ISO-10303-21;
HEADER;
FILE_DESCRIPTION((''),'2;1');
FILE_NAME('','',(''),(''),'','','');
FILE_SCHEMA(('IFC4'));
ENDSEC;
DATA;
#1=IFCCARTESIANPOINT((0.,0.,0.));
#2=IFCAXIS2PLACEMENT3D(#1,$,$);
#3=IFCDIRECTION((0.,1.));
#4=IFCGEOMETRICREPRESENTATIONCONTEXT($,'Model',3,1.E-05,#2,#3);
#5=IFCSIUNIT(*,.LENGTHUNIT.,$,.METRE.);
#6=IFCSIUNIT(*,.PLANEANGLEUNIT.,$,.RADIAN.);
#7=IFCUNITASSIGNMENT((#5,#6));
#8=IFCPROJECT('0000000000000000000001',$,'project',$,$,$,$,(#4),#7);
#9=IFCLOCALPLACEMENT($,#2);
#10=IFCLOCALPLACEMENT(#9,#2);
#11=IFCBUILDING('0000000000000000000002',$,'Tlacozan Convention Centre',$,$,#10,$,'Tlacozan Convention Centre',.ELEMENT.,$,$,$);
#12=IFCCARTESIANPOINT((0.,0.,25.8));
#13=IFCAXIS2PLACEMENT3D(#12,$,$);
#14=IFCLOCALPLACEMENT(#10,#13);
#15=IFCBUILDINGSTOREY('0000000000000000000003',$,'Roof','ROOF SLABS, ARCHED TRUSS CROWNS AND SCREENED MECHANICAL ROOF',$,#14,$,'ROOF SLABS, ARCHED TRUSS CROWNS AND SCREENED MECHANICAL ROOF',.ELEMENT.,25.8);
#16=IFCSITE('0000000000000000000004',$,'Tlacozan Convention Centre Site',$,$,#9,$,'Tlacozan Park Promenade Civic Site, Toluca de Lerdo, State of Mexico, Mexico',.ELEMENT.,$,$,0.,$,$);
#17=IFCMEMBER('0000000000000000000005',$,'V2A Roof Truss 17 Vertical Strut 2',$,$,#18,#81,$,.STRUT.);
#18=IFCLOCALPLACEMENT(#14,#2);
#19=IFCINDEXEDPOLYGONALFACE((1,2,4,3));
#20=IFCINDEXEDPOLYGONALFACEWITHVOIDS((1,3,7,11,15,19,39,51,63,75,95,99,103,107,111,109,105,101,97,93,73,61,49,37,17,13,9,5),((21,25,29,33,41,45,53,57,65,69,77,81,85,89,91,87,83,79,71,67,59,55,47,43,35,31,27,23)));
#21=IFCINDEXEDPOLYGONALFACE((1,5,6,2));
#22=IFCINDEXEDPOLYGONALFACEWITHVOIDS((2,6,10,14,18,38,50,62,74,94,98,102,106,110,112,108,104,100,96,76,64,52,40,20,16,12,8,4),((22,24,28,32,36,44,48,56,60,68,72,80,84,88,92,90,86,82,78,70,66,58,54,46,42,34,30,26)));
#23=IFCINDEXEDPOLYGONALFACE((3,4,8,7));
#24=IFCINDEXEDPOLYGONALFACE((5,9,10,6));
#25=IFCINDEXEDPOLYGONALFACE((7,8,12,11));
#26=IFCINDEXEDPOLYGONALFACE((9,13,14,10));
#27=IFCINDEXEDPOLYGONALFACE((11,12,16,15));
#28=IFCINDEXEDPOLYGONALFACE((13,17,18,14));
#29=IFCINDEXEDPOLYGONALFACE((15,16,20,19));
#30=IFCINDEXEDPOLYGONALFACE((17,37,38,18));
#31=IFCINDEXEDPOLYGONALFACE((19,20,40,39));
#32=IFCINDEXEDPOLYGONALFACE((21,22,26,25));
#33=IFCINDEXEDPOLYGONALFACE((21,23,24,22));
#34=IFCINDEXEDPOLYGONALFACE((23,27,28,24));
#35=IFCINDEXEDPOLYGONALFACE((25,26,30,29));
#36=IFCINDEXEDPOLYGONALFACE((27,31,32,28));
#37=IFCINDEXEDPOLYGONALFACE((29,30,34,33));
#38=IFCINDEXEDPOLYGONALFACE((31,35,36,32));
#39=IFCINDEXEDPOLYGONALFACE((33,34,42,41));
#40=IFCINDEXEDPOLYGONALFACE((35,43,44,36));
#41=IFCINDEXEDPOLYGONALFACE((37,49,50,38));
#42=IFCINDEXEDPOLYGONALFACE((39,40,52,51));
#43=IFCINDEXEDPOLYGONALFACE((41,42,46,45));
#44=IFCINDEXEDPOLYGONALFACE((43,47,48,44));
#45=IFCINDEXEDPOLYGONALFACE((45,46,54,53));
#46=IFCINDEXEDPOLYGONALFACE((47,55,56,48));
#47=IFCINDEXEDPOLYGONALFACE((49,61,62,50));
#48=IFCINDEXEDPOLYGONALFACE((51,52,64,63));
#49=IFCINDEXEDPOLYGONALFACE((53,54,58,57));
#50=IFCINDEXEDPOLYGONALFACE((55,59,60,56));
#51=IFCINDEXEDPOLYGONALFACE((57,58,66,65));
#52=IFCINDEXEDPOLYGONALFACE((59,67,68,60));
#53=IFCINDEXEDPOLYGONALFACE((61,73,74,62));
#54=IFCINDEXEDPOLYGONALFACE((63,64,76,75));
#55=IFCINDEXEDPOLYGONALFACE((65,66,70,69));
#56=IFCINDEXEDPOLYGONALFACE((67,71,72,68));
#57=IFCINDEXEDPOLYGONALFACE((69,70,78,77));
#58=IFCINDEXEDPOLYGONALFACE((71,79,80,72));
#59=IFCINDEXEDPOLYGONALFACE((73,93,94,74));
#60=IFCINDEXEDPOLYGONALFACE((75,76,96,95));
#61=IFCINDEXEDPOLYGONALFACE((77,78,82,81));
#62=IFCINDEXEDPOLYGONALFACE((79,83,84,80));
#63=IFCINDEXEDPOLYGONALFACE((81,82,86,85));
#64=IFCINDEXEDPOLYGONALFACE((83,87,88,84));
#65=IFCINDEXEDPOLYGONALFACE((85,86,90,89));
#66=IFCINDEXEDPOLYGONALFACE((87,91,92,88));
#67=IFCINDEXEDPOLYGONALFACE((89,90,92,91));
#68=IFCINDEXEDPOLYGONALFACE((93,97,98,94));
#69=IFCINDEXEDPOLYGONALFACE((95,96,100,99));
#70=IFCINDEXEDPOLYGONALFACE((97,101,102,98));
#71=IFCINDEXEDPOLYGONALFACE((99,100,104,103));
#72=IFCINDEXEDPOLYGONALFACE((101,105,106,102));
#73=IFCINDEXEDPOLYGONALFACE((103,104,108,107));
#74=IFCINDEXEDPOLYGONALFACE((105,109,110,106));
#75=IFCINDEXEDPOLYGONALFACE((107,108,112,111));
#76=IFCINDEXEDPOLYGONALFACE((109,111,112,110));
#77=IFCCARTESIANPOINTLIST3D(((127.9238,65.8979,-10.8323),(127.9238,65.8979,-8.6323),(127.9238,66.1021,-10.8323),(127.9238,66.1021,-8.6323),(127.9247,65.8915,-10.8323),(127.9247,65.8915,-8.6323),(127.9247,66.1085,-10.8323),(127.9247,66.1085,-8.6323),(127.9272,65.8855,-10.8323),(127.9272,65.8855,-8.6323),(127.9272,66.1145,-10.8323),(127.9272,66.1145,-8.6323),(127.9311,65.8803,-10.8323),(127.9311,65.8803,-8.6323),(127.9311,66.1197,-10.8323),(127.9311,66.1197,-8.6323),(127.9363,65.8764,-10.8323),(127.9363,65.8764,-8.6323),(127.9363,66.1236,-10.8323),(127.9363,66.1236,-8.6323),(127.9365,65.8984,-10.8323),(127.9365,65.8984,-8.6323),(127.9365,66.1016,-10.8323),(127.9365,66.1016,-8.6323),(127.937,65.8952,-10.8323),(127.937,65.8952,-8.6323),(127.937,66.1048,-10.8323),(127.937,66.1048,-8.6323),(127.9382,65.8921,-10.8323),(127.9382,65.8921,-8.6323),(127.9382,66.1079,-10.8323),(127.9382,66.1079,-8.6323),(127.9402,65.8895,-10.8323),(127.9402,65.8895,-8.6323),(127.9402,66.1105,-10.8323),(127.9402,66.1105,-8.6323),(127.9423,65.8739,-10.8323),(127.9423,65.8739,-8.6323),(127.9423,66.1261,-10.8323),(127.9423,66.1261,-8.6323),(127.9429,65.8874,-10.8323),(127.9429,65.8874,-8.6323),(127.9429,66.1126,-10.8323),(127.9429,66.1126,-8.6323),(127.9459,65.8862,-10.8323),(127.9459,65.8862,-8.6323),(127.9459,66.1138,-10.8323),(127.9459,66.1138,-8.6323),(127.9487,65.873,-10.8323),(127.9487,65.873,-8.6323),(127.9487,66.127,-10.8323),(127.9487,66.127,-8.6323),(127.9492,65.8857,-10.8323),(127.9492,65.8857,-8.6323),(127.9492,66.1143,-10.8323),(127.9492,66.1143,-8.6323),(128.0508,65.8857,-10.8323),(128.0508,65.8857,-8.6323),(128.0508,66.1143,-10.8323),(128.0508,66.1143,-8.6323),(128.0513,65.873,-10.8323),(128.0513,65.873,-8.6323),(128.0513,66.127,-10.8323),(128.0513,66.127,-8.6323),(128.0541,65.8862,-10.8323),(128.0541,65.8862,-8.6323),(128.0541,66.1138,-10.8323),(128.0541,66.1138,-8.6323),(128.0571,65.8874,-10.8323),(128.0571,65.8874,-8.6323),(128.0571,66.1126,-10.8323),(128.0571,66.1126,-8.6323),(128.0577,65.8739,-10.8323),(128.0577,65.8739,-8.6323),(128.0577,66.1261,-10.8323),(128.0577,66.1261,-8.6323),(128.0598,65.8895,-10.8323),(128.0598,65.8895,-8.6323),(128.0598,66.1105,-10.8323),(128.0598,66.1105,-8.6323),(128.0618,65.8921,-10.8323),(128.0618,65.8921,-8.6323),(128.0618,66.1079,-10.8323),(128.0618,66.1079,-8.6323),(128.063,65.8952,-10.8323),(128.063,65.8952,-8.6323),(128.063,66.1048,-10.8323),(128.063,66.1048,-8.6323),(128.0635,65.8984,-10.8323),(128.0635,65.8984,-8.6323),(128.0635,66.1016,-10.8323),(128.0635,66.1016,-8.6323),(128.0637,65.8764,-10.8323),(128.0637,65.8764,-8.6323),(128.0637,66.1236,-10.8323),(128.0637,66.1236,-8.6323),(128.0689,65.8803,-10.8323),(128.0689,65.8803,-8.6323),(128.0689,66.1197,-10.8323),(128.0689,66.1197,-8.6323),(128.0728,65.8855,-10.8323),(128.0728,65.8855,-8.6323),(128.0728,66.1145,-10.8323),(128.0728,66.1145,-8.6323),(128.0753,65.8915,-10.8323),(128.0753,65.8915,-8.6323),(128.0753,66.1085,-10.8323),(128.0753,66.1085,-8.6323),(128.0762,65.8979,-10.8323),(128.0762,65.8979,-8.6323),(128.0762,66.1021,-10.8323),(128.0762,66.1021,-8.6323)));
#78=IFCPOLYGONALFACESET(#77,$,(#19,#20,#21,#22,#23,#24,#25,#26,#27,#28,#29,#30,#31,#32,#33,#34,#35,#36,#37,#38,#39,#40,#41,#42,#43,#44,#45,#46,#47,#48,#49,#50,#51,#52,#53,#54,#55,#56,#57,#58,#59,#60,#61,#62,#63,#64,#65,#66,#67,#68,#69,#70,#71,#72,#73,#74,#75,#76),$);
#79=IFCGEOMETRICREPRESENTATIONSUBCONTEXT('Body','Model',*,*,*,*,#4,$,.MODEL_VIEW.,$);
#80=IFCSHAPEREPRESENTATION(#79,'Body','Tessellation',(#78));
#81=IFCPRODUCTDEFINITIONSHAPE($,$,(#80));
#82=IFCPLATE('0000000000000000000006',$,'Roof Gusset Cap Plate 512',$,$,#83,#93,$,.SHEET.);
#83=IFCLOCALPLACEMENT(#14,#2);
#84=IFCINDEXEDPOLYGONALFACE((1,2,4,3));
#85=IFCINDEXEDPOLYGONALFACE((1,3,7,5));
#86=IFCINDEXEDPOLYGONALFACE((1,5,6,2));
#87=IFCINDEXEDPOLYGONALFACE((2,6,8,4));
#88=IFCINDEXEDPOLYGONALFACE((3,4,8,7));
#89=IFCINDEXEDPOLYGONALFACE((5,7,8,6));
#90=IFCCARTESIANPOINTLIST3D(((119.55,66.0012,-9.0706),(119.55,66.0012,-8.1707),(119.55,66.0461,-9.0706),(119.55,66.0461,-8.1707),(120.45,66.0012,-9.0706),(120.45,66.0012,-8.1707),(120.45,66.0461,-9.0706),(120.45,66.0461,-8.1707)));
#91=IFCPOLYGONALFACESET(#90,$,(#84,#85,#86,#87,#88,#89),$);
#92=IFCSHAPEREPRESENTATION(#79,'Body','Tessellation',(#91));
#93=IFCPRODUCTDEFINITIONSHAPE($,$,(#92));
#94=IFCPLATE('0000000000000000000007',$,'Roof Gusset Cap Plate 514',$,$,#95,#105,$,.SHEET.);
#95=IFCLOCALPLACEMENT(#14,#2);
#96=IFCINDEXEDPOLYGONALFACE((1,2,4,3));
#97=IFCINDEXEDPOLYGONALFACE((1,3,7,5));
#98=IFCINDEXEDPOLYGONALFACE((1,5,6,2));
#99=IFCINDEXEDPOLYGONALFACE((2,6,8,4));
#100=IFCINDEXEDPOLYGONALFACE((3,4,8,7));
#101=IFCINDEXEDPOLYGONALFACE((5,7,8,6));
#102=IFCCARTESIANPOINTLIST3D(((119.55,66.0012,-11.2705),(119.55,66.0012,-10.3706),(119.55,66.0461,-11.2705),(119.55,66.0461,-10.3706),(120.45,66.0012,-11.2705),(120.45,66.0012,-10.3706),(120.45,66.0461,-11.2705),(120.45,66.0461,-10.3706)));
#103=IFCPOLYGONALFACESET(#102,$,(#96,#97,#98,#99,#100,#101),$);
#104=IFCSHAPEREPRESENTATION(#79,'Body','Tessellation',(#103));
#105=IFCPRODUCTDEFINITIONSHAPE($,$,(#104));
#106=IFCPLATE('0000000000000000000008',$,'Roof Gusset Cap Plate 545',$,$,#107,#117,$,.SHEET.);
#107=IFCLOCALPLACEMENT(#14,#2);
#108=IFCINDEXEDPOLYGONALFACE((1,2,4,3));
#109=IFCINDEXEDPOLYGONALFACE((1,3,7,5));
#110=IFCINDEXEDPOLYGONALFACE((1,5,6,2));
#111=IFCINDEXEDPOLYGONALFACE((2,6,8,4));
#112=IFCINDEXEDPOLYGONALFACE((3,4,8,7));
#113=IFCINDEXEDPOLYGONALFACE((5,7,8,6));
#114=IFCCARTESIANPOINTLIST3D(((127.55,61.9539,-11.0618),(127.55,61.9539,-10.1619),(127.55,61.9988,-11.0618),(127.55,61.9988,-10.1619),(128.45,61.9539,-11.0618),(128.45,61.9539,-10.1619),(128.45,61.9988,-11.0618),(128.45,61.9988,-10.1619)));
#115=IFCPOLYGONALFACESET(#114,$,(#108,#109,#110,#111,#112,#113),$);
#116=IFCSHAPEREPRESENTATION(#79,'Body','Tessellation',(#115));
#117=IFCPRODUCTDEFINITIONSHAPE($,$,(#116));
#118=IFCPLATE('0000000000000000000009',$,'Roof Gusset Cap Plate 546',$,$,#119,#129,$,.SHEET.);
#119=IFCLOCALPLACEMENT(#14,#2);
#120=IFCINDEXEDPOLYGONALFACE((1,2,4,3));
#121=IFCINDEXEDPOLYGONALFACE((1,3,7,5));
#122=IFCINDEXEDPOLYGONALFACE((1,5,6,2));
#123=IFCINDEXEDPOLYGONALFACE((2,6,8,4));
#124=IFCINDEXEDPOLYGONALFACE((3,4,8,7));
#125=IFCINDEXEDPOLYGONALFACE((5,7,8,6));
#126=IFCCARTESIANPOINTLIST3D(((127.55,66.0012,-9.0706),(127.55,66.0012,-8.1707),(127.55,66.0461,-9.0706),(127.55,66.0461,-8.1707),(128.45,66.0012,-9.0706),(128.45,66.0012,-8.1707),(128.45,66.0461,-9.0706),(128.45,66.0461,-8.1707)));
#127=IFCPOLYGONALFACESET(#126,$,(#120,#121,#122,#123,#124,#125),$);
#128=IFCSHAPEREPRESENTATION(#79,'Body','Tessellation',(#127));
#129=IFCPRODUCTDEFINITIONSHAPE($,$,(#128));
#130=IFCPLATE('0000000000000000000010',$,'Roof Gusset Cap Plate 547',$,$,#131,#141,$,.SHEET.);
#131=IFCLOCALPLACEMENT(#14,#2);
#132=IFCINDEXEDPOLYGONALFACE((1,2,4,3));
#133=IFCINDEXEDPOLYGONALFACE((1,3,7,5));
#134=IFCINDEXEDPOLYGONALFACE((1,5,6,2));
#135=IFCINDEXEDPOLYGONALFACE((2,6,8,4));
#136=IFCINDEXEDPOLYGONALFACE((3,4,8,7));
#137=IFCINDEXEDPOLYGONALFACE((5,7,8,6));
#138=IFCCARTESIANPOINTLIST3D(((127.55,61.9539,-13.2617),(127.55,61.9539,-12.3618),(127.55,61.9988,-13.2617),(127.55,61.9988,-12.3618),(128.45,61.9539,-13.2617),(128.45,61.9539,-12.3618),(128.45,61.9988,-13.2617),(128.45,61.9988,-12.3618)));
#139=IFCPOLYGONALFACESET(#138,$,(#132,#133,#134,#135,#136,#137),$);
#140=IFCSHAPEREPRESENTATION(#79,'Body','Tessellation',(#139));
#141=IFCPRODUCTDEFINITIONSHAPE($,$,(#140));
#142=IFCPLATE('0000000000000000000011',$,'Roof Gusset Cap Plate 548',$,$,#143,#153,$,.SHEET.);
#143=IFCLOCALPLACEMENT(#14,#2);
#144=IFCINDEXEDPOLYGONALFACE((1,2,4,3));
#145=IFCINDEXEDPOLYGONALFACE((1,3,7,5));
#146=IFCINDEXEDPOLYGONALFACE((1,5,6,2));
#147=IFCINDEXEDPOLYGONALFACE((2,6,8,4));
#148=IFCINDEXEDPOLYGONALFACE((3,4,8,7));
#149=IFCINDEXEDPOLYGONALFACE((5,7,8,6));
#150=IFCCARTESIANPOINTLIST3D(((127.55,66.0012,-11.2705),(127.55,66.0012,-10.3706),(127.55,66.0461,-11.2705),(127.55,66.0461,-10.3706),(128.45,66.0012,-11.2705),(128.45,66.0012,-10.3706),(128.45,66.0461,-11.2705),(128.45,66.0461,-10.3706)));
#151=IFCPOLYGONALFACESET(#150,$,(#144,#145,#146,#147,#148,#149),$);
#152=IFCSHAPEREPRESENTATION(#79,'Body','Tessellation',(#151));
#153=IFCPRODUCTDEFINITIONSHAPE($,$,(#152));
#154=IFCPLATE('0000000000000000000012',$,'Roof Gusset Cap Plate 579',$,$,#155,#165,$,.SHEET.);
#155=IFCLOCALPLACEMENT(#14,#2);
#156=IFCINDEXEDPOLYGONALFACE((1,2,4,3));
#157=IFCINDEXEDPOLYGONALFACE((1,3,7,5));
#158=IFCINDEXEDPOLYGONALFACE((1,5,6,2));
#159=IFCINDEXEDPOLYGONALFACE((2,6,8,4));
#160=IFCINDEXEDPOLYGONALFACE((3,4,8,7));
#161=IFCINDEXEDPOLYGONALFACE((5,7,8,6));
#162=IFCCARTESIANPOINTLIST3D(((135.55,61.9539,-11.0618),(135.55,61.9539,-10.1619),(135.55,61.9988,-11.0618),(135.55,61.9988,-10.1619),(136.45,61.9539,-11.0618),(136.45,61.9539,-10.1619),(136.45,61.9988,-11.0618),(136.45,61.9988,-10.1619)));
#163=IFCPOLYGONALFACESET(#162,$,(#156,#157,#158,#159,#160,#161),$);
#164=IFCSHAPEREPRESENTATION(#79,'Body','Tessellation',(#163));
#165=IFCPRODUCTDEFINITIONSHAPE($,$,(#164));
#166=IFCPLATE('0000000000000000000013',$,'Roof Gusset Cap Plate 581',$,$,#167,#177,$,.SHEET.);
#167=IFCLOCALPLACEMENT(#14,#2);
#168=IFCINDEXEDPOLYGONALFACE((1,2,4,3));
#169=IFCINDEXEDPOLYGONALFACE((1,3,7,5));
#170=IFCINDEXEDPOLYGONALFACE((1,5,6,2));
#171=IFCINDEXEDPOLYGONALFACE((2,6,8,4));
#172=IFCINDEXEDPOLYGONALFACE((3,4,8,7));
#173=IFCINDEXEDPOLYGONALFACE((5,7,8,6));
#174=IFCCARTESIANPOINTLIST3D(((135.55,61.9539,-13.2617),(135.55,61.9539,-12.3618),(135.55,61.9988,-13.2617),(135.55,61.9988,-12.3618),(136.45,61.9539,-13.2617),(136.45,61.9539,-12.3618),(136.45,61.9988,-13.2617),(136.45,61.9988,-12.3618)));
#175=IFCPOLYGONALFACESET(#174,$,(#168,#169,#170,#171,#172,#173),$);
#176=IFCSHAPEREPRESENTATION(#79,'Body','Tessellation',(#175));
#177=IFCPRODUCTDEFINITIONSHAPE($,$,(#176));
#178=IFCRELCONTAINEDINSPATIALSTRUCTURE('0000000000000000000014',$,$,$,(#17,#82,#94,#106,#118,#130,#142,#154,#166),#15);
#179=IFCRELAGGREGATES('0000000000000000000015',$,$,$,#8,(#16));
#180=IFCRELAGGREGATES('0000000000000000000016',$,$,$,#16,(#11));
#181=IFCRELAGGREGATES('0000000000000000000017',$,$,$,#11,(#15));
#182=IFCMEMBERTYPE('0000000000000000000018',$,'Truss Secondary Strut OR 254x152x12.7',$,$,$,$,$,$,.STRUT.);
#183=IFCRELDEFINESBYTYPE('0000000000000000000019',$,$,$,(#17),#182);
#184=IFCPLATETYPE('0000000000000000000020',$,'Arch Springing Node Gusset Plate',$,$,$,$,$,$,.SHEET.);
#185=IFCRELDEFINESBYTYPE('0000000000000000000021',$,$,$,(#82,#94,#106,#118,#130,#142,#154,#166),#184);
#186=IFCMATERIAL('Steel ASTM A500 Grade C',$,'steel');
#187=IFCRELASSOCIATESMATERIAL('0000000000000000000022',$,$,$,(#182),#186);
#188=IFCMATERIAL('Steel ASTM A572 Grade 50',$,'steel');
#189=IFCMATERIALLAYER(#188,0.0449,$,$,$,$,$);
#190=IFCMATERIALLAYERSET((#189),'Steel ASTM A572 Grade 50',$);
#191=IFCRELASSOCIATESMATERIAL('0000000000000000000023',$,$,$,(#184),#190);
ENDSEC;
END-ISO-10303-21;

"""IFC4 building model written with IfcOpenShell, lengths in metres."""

from ifc_helpers import new_model, si_unit, direction, frame, origin, origin_2d, place, context, subcontext, project, spatial, rectangle, hollow_rectangle, extrude, material, layer, layer_set, material_profile, profile_set, type_object, element, save


model = new_model("IFC4")

# Units and contexts
model_context = context("Model", 3, precision=1e-05, world=origin(), true_north=direction((0.0, 1.0)))
body_context = subcontext(model_context, "Body", "Model", "MODEL_VIEW")
ifc_project = project(units=[si_unit("LENGTHUNIT", "METRE"), si_unit("PLANEANGLEUNIT", "RADIAN")], contexts=[model_context])

# Site, building, storey
site_placement = place(None, origin())
site = spatial("IfcSite", under=ifc_project, at=site_placement, Name="Tlacozan Convention Centre Site", LongName="Tlacozan Park Promenade Civic Site, Toluca de Lerdo, State of Mexico, Mexico", CompositionType="ELEMENT", RefElevation=0.0)
building_placement = place(site_placement, origin())
building = spatial("IfcBuilding", under=site, at=building_placement, Name="Tlacozan Convention Centre", LongName="Tlacozan Convention Centre", CompositionType="ELEMENT")
storey_placement = place(building_placement, frame((0.0, 0.0, 25.8)))
storey = spatial("IfcBuildingStorey", under=building, at=storey_placement, Name="Roof", Description="ROOF SLABS, ARCHED TRUSS CROWNS AND SCREENED MECHANICAL ROOF", LongName="ROOF SLABS, ARCHED TRUSS CROWNS AND SCREENED MECHANICAL ROOF", CompositionType="ELEMENT", Elevation=25.8)

# Member
ifc_material_1 = material(Name="Steel ASTM A500 Grade C", Category="steel")
ifc_material_profile_1 = material_profile(ifc_material_1, hollow_rectangle(XDim=0.1523, YDim=0.2539, WallThickness=0.0127, InnerFilletRadius=0.0127, OuterFilletRadius=0.0249, at=origin_2d()), Name="OR 254x152x12.7")
ifc_profile_set_1 = profile_set([ifc_material_profile_1], Name="Steel ASTM A500 Grade C")
member_type_1 = type_object("IfcMemberType", Name="Truss Secondary Strut OR 254x152x12.7", PredefinedType="STRUT", material=ifc_profile_set_1)
for number, where, z_axis, x_axis, name in (
    (1, (128.0, 66.0, -10.8323), (0.0, 0.0, 1.0), (1.0, 0.0, 0.0), "V2A Roof Truss 17 Vertical Strut 2"),
):
    element("IfcMember", number, at=place(storey_placement, frame(where, z_axis=z_axis, x_axis=x_axis)), inside=storey, type_object=member_type_1, Name=name, PredefinedType="STRUT", context=body_context, shape_type="SweptSolid", body=[
        extrude(hollow_rectangle(XDim=0.1523, YDim=0.2539, WallThickness=0.0127, InnerFilletRadius=0.0127, OuterFilletRadius=0.0249, at=origin_2d()), origin(), (0.0, 0.0, 1.0), 2.2),
    ])

# Plates
ifc_material_2 = material(Name="Steel ASTM A572 Grade 50", Category="steel")
ifc_layer = layer(ifc_material_2, 0.0449)
ifc_layer_set = layer_set([ifc_layer], Name="Steel ASTM A572 Grade 50")
plate_type = type_object("IfcPlateType", Name="Arch Springing Node Gusset Plate", PredefinedType="SHEET", material=ifc_layer_set)
for number, where, z_axis, x_axis, name in (
    (2, (120.0, 66.0237, -9.0706), (0.0, 0.0, 1.0), (0.0, 1.0, 0.0), "Roof Gusset Cap Plate 512"),
    (3, (120.0, 66.0237, -11.2705), (0.0, 0.0, 1.0), (0.0, 1.0, 0.0), "Roof Gusset Cap Plate 514"),
    (4, (128.0, 61.9763, -11.0618), (0.0, 0.0, 1.0), (0.0, 1.0, 0.0), "Roof Gusset Cap Plate 545"),
    (5, (128.0, 66.0237, -9.0706), (0.0, 0.0, 1.0), (0.0, 1.0, 0.0), "Roof Gusset Cap Plate 546"),
    (6, (128.0, 61.9763, -13.2617), (0.0, 0.0, 1.0), (0.0, 1.0, 0.0), "Roof Gusset Cap Plate 547"),
    (7, (128.0, 66.0237, -11.2705), (0.0, 0.0, 1.0), (0.0, 1.0, 0.0), "Roof Gusset Cap Plate 548"),
    (8, (136.0, 61.9763, -11.0618), (0.0, 0.0, 1.0), (0.0, 1.0, 0.0), "Roof Gusset Cap Plate 579"),
    (9, (136.0, 61.9763, -13.2617), (0.0, 0.0, 1.0), (0.0, 1.0, 0.0), "Roof Gusset Cap Plate 581"),
):
    element("IfcPlate", number, at=place(storey_placement, frame(where, z_axis=z_axis, x_axis=x_axis)), inside=storey, type_object=plate_type, Name=name, PredefinedType="SHEET", context=body_context, shape_type="SweptSolid", body=[
        extrude(rectangle(XDim=0.0449, YDim=0.8999, at=origin_2d()), origin(), (0.0, 0.0, 1.0), 0.8999),
    ])

save(model, "model.ifc")
